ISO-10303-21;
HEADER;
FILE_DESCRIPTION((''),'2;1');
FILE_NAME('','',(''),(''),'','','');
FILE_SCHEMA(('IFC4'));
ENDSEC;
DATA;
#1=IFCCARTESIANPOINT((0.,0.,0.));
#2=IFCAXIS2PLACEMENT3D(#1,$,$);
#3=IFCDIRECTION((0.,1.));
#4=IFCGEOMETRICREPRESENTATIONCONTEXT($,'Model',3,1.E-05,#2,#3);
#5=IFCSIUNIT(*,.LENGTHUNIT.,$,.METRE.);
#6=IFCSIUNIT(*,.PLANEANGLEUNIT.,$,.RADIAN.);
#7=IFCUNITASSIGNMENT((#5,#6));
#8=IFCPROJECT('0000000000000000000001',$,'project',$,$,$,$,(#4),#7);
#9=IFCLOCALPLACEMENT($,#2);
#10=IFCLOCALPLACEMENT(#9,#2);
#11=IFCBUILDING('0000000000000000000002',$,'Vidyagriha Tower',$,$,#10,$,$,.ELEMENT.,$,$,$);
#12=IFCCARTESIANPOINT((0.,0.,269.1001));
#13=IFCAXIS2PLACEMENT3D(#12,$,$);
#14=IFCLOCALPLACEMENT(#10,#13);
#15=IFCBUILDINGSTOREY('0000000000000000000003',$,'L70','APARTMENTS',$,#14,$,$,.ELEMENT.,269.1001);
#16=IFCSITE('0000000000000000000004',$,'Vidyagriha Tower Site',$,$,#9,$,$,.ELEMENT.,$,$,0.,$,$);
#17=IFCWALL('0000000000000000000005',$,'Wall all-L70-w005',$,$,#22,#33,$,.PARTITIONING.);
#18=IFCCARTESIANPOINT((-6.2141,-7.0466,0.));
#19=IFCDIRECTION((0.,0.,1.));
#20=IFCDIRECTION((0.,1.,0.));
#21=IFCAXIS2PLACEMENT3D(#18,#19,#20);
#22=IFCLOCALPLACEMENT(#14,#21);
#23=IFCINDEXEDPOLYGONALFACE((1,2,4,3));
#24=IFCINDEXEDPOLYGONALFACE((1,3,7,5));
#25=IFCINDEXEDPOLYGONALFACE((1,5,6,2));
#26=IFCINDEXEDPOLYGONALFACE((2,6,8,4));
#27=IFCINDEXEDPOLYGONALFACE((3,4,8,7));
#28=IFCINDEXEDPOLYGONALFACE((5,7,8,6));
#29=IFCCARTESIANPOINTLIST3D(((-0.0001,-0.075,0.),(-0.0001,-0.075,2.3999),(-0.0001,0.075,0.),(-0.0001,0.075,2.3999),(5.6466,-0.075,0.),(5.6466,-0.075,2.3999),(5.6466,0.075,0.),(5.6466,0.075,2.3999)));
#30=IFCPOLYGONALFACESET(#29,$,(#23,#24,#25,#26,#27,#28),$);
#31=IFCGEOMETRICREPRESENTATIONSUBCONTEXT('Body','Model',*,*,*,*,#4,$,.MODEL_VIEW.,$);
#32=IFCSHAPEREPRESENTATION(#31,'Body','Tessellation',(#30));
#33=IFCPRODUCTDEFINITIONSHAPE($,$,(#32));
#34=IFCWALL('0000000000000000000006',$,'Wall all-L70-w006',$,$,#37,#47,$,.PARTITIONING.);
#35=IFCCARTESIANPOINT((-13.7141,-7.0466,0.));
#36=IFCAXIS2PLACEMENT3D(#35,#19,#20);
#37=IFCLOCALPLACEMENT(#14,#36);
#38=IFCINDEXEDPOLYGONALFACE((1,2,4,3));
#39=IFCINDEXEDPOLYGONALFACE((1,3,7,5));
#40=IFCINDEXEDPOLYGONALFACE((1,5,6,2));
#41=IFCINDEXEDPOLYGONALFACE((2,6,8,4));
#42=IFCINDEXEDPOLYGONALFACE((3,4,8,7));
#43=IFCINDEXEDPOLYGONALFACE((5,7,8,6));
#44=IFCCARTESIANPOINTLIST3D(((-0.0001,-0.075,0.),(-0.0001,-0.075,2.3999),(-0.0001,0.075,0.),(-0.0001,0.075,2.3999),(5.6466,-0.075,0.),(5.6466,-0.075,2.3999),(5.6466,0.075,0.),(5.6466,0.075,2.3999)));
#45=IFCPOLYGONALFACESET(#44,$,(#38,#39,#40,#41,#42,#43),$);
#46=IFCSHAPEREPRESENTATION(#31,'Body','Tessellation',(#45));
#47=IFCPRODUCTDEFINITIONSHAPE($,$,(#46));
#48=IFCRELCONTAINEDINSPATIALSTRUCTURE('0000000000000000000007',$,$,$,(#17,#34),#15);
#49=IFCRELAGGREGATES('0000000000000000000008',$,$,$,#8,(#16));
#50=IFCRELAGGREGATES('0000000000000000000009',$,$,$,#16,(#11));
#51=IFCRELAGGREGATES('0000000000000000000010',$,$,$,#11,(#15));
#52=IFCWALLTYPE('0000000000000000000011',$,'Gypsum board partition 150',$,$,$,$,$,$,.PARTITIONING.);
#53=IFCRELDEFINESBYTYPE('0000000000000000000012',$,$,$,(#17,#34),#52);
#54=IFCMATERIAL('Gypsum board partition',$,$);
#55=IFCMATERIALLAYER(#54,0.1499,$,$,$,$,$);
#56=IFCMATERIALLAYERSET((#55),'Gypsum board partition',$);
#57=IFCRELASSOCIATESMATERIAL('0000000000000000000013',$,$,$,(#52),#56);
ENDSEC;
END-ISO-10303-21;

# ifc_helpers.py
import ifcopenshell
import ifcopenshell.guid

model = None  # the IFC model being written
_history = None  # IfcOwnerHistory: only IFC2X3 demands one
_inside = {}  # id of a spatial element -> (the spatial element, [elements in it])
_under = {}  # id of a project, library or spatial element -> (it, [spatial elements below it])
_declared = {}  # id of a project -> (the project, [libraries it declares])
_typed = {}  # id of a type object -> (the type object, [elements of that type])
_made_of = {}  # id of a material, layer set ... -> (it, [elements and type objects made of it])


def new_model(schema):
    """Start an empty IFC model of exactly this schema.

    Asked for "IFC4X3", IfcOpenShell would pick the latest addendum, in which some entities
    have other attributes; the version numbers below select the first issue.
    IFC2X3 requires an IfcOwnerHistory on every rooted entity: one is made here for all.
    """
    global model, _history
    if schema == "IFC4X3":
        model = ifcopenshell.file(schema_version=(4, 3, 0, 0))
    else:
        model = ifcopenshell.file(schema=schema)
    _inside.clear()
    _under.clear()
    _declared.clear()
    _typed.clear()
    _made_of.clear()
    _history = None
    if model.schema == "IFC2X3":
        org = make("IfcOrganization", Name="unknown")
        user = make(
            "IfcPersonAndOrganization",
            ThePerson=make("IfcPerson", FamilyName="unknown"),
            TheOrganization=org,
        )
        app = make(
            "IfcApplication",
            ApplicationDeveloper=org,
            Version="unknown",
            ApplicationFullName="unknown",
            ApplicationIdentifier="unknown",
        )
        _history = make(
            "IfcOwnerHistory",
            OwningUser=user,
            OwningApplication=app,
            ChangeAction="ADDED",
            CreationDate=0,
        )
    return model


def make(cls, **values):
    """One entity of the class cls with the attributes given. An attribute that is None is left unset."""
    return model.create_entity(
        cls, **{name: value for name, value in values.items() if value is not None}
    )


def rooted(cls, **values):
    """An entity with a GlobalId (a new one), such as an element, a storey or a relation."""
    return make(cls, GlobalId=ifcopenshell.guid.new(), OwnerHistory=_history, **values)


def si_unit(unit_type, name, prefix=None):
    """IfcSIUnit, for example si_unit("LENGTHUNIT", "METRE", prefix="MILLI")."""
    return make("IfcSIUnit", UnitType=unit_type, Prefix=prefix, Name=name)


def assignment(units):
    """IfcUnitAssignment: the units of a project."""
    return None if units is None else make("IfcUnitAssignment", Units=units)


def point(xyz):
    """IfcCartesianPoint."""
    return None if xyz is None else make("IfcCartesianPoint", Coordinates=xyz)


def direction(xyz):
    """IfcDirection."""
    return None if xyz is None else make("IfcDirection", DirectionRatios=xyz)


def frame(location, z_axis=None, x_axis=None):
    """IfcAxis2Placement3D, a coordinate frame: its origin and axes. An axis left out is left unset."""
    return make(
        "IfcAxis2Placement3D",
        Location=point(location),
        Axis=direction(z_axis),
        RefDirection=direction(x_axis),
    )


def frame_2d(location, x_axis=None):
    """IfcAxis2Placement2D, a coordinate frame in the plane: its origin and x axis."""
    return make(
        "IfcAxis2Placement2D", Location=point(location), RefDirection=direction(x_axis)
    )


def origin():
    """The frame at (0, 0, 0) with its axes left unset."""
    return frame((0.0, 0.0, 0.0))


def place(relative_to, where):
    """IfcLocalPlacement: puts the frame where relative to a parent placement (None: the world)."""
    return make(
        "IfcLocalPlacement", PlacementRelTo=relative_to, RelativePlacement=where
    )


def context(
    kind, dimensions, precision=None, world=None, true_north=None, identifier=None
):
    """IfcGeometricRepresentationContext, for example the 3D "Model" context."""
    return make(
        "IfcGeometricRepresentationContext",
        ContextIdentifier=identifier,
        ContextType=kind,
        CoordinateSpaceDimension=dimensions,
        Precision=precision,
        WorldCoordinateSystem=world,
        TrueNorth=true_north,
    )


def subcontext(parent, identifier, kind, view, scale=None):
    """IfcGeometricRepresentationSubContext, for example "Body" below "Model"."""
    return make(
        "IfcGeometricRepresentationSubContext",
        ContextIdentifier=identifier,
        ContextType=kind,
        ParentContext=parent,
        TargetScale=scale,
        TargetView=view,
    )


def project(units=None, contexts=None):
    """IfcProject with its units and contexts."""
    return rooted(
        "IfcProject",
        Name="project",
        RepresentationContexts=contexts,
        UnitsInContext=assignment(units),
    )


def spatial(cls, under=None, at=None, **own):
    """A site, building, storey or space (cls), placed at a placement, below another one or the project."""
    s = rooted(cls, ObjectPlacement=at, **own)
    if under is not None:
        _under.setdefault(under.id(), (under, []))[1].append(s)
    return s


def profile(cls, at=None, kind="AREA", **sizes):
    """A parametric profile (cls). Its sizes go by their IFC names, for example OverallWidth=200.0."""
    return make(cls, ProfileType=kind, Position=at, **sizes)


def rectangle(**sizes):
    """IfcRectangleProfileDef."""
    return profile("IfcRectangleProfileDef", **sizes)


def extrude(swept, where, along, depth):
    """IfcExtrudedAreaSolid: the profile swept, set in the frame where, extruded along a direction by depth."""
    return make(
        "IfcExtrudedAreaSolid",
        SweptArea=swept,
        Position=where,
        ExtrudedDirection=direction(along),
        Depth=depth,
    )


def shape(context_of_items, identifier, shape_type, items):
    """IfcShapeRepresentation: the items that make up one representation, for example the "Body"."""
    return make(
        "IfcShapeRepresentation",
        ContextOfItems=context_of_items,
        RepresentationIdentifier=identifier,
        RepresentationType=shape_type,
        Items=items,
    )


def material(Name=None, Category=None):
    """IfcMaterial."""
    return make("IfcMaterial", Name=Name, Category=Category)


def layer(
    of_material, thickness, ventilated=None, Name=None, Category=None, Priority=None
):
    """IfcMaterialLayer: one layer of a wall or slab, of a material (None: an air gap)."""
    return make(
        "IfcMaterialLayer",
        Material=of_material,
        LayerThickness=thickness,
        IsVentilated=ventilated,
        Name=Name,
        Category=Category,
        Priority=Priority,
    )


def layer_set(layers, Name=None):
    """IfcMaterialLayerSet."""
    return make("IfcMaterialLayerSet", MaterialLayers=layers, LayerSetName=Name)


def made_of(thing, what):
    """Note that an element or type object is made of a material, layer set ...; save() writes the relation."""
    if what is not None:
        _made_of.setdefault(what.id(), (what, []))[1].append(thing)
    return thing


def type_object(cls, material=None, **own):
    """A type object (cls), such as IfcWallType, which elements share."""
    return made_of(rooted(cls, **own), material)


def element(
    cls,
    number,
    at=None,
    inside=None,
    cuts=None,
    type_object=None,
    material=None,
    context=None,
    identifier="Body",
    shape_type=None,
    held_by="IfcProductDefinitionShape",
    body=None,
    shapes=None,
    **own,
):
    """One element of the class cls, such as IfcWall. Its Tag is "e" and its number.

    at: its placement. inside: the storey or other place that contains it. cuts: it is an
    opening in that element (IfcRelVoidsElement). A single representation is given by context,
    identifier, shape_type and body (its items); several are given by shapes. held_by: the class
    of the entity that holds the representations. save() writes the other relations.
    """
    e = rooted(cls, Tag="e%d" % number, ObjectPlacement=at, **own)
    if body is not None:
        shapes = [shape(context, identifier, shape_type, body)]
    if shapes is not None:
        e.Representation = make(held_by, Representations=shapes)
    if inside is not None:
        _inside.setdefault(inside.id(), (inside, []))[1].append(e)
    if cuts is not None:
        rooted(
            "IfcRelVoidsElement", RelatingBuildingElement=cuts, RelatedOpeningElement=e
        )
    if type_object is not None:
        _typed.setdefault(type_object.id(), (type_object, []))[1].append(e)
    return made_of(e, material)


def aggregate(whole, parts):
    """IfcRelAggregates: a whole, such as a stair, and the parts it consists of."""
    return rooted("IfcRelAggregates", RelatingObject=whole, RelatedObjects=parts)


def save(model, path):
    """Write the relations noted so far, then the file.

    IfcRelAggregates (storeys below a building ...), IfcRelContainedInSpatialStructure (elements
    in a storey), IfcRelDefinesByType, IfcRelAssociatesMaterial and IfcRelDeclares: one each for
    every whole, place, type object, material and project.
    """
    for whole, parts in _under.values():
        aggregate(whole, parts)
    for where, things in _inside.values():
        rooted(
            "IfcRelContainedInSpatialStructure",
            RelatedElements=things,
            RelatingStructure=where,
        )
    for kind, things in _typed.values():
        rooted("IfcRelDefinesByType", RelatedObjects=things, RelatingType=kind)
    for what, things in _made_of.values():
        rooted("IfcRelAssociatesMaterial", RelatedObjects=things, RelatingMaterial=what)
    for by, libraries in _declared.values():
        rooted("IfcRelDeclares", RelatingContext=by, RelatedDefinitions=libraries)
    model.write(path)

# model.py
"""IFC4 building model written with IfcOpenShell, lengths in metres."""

from ifc_helpers import new_model, si_unit, direction, frame, frame_2d, origin, place, context, subcontext, project, spatial, rectangle, extrude, material, layer, layer_set, type_object, element, save


model = new_model("IFC4")

# Units and contexts
model_context = context("Model", 3, precision=1e-05, world=origin(), true_north=direction((0.0, 1.0)))
body_context = subcontext(model_context, "Body", "Model", "MODEL_VIEW")
ifc_project = project(units=[si_unit("LENGTHUNIT", "METRE"), si_unit("PLANEANGLEUNIT", "RADIAN")], contexts=[model_context])

# Site, building, storey
site_placement = place(None, origin())
site = spatial("IfcSite", under=ifc_project, at=site_placement, Name="Vidyagriha Tower Site", CompositionType="ELEMENT", RefElevation=0.0)
building_placement = place(site_placement, origin())
building = spatial("IfcBuilding", under=site, at=building_placement, Name="Vidyagriha Tower", CompositionType="ELEMENT")
storey_placement = place(building_placement, frame((0.0, 0.0, 269.1001)))
storey = spatial("IfcBuildingStorey", under=building, at=storey_placement, Name="L70", Description="APARTMENTS", CompositionType="ELEMENT", Elevation=269.1001)

# Walls
ifc_material_1 = material(Name="Gypsum board partition")
ifc_layer_1 = layer(ifc_material_1, 0.1499)
ifc_layer_set_1 = layer_set([ifc_layer_1], Name="Gypsum board partition")
wall_type_1 = type_object("IfcWallType", Name="Gypsum board partition 150", PredefinedType="PARTITIONING", material=ifc_layer_set_1)
for number, where, z_axis, x_axis, name in (
    (1, (-6.2141, -7.0466, 0.0), (0.0, 0.0, 1.0), (0.0, 1.0, 0.0), "Wall all-L70-w005"),
    (2, (-13.7141, -7.0466, 0.0), (0.0, 0.0, 1.0), (0.0, 1.0, 0.0), "Wall all-L70-w006"),
):
    element("IfcWall", number, at=place(storey_placement, frame(where, z_axis=z_axis, x_axis=x_axis)), inside=storey, type_object=wall_type_1, Name=name, PredefinedType="PARTITIONING", context=body_context, shape_type="SweptSolid", body=[
        extrude(rectangle(XDim=5.6467, YDim=0.1499, at=frame_2d((2.8232, 0.0))), origin(), (0.0, 0.0, 1.0), 2.3999),
    ])

save(model, "model.ifc")
